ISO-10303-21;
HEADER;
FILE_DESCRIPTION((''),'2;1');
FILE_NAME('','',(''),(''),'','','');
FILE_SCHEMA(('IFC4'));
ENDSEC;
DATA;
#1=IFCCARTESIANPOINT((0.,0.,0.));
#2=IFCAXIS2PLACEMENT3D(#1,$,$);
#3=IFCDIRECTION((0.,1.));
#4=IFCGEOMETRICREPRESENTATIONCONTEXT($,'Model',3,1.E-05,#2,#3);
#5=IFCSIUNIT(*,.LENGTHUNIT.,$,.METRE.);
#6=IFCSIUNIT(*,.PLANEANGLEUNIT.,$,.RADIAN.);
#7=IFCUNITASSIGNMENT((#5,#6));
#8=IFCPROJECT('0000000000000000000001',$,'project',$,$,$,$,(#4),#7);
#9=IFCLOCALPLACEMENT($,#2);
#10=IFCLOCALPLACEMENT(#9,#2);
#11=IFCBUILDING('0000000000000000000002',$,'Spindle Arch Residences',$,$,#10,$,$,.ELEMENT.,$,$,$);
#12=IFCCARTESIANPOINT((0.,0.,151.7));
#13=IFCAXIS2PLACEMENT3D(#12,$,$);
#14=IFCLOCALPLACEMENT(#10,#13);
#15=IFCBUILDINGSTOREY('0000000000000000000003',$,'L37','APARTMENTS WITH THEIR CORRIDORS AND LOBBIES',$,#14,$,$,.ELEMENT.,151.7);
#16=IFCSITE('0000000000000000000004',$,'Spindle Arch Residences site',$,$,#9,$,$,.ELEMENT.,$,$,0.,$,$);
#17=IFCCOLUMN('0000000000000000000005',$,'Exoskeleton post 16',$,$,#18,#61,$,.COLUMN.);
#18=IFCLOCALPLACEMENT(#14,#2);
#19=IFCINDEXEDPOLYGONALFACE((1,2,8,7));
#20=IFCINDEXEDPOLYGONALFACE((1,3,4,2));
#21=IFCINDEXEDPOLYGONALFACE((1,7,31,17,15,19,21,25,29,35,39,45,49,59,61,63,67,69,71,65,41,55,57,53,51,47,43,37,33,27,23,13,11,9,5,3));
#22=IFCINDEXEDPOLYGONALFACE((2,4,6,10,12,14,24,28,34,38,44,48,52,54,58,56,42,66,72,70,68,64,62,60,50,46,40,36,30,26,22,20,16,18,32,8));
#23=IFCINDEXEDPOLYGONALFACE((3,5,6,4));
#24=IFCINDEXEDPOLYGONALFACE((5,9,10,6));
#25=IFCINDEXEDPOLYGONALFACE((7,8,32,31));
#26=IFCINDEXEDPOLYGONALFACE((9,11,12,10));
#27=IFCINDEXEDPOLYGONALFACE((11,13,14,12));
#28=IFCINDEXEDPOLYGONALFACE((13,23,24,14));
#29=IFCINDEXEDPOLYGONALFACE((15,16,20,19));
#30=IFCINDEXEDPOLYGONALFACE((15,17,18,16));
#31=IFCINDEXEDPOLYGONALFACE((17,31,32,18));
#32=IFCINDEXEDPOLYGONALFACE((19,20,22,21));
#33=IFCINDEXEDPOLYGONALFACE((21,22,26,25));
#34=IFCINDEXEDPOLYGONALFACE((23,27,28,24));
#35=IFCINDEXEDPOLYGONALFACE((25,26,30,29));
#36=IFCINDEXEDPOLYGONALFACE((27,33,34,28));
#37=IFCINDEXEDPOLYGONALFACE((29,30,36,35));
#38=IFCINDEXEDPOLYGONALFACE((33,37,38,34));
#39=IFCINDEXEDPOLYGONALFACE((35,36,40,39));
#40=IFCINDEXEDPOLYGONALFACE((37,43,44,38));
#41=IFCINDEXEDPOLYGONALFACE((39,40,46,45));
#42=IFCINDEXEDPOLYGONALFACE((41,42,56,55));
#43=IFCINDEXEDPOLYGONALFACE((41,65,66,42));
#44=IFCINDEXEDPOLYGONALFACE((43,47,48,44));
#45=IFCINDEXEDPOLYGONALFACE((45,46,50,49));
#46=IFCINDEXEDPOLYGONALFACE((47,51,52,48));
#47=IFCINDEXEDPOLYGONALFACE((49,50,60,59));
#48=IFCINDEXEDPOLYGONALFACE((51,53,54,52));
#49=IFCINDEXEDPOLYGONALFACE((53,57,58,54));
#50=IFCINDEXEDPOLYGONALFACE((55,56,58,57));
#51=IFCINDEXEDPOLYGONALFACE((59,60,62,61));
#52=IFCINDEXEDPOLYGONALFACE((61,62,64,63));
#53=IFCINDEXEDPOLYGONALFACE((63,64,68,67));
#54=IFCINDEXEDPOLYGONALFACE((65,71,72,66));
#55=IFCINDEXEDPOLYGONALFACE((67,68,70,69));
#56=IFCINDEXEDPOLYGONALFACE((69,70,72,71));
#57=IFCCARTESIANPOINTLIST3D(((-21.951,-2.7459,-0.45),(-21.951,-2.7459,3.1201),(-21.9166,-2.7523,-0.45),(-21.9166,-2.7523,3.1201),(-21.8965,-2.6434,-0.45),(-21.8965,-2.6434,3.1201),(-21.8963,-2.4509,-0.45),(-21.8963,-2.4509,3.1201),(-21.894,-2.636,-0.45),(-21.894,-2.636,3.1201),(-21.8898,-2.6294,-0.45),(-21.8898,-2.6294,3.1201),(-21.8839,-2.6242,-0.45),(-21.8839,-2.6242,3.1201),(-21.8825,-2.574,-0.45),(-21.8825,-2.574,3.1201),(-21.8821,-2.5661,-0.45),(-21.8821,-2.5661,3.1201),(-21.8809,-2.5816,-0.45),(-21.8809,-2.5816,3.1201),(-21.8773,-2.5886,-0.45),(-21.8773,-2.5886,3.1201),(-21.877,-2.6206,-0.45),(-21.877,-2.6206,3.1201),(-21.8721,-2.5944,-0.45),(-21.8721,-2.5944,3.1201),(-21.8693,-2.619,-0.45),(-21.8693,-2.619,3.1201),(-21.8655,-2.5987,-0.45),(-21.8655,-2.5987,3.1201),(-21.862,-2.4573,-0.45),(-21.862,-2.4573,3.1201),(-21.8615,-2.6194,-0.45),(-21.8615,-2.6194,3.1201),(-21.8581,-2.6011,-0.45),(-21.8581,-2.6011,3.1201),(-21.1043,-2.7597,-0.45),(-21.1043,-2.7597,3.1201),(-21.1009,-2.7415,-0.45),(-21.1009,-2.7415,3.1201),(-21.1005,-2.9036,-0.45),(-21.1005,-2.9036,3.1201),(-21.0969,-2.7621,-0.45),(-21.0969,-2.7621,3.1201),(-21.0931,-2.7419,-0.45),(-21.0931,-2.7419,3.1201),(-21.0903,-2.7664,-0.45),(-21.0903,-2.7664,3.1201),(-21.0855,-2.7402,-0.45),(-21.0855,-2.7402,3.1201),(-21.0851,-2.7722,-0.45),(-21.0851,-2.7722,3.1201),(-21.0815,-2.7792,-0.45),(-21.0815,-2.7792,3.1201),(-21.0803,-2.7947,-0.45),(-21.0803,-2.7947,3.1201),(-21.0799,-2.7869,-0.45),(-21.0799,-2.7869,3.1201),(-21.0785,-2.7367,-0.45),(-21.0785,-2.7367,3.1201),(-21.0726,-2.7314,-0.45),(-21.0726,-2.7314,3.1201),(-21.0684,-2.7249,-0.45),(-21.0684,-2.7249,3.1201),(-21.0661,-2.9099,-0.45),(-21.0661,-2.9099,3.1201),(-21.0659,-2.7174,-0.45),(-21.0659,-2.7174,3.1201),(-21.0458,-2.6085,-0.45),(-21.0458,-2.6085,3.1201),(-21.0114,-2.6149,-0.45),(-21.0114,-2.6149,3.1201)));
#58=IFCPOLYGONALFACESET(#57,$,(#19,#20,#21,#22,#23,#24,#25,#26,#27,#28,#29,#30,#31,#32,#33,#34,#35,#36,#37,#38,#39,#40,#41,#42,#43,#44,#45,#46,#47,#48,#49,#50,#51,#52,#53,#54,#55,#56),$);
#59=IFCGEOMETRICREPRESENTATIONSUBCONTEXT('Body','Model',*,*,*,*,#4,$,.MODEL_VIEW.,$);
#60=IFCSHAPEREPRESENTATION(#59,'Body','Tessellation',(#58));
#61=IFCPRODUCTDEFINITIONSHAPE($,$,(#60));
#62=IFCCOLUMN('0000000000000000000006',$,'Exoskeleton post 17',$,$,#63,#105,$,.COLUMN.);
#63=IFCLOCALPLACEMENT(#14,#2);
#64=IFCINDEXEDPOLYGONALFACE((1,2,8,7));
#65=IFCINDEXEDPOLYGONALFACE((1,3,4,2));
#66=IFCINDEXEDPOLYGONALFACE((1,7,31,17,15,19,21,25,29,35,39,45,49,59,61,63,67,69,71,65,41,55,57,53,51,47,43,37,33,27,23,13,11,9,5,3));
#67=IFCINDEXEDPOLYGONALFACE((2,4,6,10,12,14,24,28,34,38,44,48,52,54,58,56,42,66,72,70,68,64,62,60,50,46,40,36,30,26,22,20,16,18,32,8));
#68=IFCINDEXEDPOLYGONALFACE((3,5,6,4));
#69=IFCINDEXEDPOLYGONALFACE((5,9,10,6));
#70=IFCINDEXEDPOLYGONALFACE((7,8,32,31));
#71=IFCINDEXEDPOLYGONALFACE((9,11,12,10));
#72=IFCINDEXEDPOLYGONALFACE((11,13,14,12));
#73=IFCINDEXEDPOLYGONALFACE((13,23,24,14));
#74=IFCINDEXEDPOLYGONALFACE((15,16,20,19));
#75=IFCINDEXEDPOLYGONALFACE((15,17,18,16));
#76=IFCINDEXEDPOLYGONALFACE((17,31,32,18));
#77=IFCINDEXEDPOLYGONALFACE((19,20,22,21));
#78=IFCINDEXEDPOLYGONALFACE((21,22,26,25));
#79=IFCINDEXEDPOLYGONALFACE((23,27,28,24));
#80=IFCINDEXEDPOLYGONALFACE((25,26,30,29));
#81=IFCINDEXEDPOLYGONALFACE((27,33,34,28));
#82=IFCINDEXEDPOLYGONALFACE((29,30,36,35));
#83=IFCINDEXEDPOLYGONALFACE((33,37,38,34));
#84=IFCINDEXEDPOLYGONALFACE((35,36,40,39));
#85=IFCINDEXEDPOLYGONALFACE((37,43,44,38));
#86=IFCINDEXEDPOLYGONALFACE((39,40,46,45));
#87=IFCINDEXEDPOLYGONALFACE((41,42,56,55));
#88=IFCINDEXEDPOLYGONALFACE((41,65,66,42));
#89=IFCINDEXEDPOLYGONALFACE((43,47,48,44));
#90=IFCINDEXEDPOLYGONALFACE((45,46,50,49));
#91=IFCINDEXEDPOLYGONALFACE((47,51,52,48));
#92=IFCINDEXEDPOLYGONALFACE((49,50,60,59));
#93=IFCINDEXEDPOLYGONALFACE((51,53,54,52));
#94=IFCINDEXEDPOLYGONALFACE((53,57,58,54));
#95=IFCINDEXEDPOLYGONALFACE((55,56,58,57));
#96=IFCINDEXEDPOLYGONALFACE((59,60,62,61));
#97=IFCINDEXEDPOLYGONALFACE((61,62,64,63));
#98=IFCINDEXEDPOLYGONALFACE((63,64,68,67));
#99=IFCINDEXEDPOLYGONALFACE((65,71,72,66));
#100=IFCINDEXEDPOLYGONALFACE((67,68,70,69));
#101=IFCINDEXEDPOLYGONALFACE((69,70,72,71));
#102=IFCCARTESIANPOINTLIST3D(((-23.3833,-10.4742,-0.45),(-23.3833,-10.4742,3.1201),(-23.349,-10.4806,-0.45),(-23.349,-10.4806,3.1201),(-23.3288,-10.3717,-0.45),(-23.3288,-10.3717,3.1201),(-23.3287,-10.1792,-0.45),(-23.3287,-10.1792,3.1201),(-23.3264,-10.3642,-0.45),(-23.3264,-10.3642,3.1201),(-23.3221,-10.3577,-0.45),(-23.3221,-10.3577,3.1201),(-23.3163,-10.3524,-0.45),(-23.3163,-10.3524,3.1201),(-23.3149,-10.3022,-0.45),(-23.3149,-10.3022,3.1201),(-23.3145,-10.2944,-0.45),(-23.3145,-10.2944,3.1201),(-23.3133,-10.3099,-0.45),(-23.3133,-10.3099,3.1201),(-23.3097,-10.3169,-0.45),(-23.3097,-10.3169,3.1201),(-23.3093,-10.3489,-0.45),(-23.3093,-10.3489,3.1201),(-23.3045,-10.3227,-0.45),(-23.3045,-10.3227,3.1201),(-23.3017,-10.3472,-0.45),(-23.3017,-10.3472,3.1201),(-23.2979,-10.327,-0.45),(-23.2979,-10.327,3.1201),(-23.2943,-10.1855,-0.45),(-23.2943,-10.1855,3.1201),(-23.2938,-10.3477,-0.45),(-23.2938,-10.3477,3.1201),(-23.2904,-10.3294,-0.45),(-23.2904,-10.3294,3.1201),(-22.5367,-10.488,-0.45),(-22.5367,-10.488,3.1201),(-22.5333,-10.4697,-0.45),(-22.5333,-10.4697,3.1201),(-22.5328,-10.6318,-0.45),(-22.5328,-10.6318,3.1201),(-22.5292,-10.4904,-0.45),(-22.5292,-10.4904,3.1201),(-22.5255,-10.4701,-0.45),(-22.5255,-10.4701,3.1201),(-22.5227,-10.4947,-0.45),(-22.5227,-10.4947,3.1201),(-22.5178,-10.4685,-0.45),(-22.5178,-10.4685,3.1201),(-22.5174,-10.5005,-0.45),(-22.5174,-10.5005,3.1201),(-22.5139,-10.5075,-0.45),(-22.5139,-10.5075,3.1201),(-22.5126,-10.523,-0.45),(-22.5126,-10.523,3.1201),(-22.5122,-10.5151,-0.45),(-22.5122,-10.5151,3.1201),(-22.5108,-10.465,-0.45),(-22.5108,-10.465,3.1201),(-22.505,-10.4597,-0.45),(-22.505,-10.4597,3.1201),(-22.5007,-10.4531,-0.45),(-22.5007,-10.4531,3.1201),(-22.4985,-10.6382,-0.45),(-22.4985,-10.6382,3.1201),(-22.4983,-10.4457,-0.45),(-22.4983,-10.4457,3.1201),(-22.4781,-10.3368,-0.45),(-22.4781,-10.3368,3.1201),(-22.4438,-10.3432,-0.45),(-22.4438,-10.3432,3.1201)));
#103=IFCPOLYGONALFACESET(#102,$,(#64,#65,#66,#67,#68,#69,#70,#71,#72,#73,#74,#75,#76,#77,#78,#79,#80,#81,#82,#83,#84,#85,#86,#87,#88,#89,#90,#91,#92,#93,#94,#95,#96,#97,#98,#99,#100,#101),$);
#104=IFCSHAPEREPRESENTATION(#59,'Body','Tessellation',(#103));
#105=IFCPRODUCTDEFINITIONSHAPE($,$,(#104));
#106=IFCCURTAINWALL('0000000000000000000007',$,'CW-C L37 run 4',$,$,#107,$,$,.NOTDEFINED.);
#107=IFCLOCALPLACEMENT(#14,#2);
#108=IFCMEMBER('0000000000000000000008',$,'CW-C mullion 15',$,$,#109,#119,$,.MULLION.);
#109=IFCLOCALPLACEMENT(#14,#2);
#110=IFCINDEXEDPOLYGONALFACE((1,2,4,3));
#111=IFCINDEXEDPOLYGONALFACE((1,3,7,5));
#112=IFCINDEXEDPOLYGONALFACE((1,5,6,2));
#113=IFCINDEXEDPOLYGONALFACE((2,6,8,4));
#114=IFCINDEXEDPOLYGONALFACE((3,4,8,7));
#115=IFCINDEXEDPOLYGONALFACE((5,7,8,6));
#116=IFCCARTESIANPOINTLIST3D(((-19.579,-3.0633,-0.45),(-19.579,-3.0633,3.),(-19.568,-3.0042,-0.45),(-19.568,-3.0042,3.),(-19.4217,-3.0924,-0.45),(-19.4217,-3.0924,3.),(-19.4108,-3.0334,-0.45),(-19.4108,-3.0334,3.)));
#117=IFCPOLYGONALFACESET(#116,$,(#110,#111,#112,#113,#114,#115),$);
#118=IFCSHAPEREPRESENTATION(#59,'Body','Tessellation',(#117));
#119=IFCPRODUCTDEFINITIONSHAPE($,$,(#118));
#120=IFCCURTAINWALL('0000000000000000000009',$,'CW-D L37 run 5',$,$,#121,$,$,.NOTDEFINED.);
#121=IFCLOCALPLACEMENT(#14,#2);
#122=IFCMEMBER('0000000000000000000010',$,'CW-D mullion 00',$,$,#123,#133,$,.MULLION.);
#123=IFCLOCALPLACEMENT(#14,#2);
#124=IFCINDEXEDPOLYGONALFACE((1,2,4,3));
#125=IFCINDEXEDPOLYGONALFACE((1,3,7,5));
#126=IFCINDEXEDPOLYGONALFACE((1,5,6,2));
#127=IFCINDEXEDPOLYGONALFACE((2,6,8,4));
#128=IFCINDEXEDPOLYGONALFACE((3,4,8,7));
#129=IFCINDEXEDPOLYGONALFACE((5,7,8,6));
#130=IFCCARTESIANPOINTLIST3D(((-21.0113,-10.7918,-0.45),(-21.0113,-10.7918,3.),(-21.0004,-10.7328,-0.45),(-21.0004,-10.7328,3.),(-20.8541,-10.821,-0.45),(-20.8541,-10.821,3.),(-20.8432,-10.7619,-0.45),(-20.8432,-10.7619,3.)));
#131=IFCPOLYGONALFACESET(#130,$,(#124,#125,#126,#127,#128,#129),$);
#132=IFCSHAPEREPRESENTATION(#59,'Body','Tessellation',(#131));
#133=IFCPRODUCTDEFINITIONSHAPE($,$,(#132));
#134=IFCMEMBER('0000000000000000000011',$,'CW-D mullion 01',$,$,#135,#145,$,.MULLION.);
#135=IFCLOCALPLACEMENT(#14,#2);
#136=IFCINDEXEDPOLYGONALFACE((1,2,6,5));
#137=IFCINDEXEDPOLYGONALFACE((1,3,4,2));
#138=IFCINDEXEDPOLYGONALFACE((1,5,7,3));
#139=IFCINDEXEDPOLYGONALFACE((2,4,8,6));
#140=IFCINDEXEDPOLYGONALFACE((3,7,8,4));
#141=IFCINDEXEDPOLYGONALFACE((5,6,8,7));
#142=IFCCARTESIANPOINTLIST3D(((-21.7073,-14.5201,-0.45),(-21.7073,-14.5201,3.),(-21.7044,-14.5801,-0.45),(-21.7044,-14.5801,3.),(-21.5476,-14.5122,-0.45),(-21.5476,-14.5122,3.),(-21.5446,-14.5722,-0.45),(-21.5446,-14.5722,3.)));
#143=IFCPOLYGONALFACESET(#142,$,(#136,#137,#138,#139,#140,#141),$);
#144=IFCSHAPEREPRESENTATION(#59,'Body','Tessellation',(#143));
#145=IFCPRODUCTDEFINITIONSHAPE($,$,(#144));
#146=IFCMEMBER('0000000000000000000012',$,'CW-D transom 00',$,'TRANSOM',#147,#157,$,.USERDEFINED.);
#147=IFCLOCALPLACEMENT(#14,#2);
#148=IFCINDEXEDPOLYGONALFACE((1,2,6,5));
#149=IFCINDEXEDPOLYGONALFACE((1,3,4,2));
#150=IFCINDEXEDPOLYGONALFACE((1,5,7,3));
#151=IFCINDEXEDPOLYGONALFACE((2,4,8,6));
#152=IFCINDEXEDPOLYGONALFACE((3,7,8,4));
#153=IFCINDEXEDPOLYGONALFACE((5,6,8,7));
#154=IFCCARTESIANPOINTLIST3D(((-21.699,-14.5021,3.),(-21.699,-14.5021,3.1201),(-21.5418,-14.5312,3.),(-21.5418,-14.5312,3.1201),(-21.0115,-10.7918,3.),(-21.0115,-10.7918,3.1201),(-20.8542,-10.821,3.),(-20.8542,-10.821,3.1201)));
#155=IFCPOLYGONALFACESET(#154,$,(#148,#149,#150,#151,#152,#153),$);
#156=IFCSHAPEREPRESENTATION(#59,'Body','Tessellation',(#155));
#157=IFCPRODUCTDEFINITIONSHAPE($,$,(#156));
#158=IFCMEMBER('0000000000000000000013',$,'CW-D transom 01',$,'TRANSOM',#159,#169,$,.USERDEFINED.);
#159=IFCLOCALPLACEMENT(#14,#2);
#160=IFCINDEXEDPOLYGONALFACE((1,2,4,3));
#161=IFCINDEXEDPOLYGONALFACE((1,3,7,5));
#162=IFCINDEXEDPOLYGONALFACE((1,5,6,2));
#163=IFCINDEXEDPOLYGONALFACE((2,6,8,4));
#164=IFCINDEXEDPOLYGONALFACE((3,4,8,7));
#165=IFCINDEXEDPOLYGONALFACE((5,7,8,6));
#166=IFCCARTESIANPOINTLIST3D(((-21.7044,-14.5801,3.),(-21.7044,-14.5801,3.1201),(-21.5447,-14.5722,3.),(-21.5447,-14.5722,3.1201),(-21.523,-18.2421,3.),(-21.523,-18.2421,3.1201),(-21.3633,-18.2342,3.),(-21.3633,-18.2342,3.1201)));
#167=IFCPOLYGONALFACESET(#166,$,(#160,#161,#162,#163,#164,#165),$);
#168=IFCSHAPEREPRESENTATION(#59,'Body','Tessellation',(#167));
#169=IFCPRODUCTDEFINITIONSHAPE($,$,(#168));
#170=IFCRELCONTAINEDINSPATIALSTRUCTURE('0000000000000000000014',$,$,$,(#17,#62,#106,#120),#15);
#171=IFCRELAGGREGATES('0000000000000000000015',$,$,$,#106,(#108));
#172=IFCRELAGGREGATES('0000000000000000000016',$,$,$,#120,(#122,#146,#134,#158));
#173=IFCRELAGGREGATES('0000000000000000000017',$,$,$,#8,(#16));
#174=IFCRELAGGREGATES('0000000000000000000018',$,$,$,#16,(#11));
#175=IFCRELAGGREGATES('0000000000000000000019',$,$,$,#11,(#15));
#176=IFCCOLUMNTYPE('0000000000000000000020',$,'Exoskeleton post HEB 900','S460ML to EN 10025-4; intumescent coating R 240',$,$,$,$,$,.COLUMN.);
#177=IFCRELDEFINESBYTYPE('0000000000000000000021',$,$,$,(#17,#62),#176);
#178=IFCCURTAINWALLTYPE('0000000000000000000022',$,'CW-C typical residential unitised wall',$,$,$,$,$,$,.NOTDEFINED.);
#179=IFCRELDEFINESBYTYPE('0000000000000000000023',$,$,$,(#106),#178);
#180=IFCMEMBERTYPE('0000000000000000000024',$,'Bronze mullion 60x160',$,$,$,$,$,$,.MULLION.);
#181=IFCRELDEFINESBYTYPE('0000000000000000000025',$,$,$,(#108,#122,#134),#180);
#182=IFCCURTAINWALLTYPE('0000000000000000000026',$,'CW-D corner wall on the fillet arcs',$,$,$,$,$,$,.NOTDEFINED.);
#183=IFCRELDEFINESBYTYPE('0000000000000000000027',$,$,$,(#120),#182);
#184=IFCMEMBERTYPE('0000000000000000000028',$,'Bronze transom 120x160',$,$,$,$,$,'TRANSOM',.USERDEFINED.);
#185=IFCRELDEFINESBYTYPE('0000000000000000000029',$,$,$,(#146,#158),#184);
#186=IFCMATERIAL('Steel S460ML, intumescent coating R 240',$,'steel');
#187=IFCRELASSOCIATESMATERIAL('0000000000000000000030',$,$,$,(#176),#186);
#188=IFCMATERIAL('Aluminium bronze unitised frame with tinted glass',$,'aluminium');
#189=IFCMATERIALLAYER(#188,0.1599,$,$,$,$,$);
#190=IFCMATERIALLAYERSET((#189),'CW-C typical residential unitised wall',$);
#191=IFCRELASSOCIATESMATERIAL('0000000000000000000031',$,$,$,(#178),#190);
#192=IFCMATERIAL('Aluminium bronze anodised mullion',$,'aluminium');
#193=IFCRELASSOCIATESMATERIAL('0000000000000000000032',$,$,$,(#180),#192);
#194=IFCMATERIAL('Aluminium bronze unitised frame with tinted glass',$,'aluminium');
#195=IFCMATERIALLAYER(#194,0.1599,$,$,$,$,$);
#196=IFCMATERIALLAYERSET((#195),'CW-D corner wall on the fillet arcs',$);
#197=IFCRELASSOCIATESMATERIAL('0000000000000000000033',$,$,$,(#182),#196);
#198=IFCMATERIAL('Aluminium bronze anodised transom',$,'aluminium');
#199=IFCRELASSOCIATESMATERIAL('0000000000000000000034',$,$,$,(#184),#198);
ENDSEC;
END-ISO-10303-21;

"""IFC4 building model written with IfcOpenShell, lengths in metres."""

from ifc_helpers import new_model, si_unit, direction, frame, origin, origin_2d, place, context, subcontext, project, spatial, rectangle, i_section, extrude, material, layer, layer_set, material_profile, profile_set, type_object, element, aggregate, save


model = new_model("IFC4")

# Units and contexts
model_context = context("Model", 3, precision=1e-05, world=origin(), true_north=direction((0.0, 1.0)))
body_context = subcontext(model_context, "Body", "Model", "MODEL_VIEW")
ifc_project = project(units=[si_unit("LENGTHUNIT", "METRE"), si_unit("PLANEANGLEUNIT", "RADIAN")], contexts=[model_context])

# Site, building, storey
site_placement = place(None, origin())
site = spatial("IfcSite", under=ifc_project, at=site_placement, Name="Spindle Arch Residences site", CompositionType="ELEMENT", RefElevation=0.0)
building_placement = place(site_placement, origin())
building = spatial("IfcBuilding", under=site, at=building_placement, Name="Spindle Arch Residences", CompositionType="ELEMENT")
storey_placement = place(building_placement, frame((0.0, 0.0, 151.7)))
storey = spatial("IfcBuildingStorey", under=building, at=storey_placement, Name="L37", Description="APARTMENTS WITH THEIR CORRIDORS AND LOBBIES", CompositionType="ELEMENT", Elevation=151.7)

# Columns
ifc_material_1 = material(Name="Steel S460ML, intumescent coating R 240", Category="steel")
ifc_material_profile_1 = material_profile(ifc_material_1, i_section(OverallWidth=0.3, OverallDepth=0.8999, WebThickness=0.0186, FlangeThickness=0.0349, FilletRadius=0.03, at=origin_2d()), Name="HEB 900")
ifc_profile_set_1 = profile_set([ifc_material_profile_1], Name="Steel S460ML, intumescent coating R 240")
column_type = type_object("IfcColumnType", Name="Exoskeleton post HEB 900", Description="S460ML to EN 10025-4; intumescent coating R 240", PredefinedType="COLUMN", material=ifc_profile_set_1)
for number, where, z_axis, x_axis, name in (
    (1, (-21.4812, -2.6804, -0.45), (0.0, 0.0, 1.0), (0.182236, 0.983255, 0.0), "Exoskeleton post 16"),
    (2, (-22.9136, -10.4087, -0.45), (0.0, 0.0, 1.0), (0.182236, 0.983255, 0.0), "Exoskeleton post 17"),
):
    element("IfcColumn", number, at=place(storey_placement, frame(where, z_axis=z_axis, x_axis=x_axis)), inside=storey, type_object=column_type, Name=name, PredefinedType="COLUMN", context=body_context, shape_type="SweptSolid", body=[
        extrude(i_section(OverallWidth=0.3, OverallDepth=0.8999, WebThickness=0.0186, FlangeThickness=0.0349, FilletRadius=0.03, at=origin_2d()), origin(), (0.0, 0.0, 1.0), 3.5701),
    ])

# Curtain wall, member
ifc_material_2 = material(Name="Aluminium bronze unitised frame with tinted glass", Category="aluminium")
ifc_layer_1 = layer(ifc_material_2, 0.1599)
ifc_layer_set_1 = layer_set([ifc_layer_1], Name="CW-C typical residential unitised wall")
curtain_wall_type_1 = type_object("IfcCurtainWallType", Name="CW-C typical residential unitised wall", PredefinedType="NOTDEFINED", material=ifc_layer_set_1)
curtain_wall_1_placement = place(storey_placement, origin())
curtain_wall_1 = element("IfcCurtainWall", 3, at=curtain_wall_1_placement, inside=storey, type_object=curtain_wall_type_1, Name="CW-C L37 run 4", PredefinedType="NOTDEFINED")
ifc_material_3 = material(Name="Aluminium bronze anodised mullion", Category="aluminium")
ifc_material_profile_2 = material_profile(ifc_material_3, rectangle(XDim=0.1599, YDim=0.0601, at=origin_2d()), Name="MU 60x160")
ifc_profile_set_2 = profile_set([ifc_material_profile_2], Name="Aluminium bronze anodised mullion")
member_type_1 = type_object("IfcMemberType", Name="Bronze mullion 60x160", PredefinedType="MULLION", material=ifc_profile_set_2)
member_1_placement = place(storey_placement, frame((-19.4949, -3.0483, -0.45), z_axis=(0.0, 0.0, 1.0), x_axis=(0.983255, -0.182236, 0.0)))
member_1 = element("IfcMember", 4, at=member_1_placement, type_object=member_type_1, Name="CW-C mullion 15", PredefinedType="MULLION", context=body_context, shape_type="SweptSolid", body=[
    extrude(rectangle(XDim=0.1599, YDim=0.0601, at=origin_2d()), origin(), (0.0, 0.0, 1.0), 3.45),
])

# Curtain wall, members
ifc_material_4 = material(Name="Aluminium bronze unitised frame with tinted glass", Category="aluminium")
ifc_layer_2 = layer(ifc_material_4, 0.1599)
ifc_layer_set_2 = layer_set([ifc_layer_2], Name="CW-D corner wall on the fillet arcs")
curtain_wall_type_2 = type_object("IfcCurtainWallType", Name="CW-D corner wall on the fillet arcs", PredefinedType="NOTDEFINED", material=ifc_layer_set_2)
curtain_wall_2_placement = place(storey_placement, origin())
curtain_wall_2 = element("IfcCurtainWall", 5, at=curtain_wall_2_placement, inside=storey, type_object=curtain_wall_type_2, Name="CW-D L37 run 5", PredefinedType="NOTDEFINED")
member_2_placement = place(storey_placement, frame((-20.9272, -10.7769, -0.45), z_axis=(0.0, 0.0, 1.0), x_axis=(0.983255, -0.182236, 0.0)))
member_2 = element("IfcMember", 6, at=member_2_placement, type_object=member_type_1, Name="CW-D mullion 00", PredefinedType="MULLION", context=body_context, shape_type="SweptSolid", body=[
    extrude(rectangle(XDim=0.1599, YDim=0.0601, at=origin_2d()), origin(), (0.0, 0.0, 1.0), 3.45),
])
member_3_placement = place(storey_placement, frame((-21.626, -14.5461, -0.45), z_axis=(0.0, 0.0, 1.0), x_axis=(0.998778, 0.049431, 0.0)))
member_3 = element("IfcMember", 7, at=member_3_placement, type_object=member_type_1, Name="CW-D mullion 01", PredefinedType="MULLION", context=body_context, shape_type="SweptSolid", body=[
    extrude(rectangle(XDim=0.1599, YDim=0.0601, at=origin_2d()), origin(), (0.0, 0.0, 1.0), 3.45),
])
ifc_material_5 = material(Name="Aluminium bronze anodised transom", Category="aluminium")
ifc_material_profile_3 = material_profile(ifc_material_5, rectangle(XDim=0.1599, YDim=0.1201, at=origin_2d()), Name="TR 120x160")
ifc_profile_set_3 = profile_set([ifc_material_profile_3], Name="Aluminium bronze anodised transom")
member_type_2 = type_object("IfcMemberType", Name="Bronze transom 120x160", ElementType="TRANSOM", PredefinedType="USERDEFINED", material=ifc_profile_set_3)
member_4_placement = place(storey_placement, frame((-20.9329, -10.8064, 3.0601), z_axis=(-0.182198, -0.983262, 0.0), x_axis=(0.983262, -0.182198, 0.0)))
member_4 = element("IfcMember", 8, at=member_4_placement, type_object=member_type_2, Name="CW-D transom 00", ObjectType="TRANSOM", PredefinedType="USERDEFINED", context=body_context, shape_type="SweptSolid", body=[
    extrude(rectangle(XDim=0.1599, YDim=0.1201, at=origin_2d()), origin(), (0.0, 0.0, 1.0), 3.7734),
])
member_5_placement = place(storey_placement, frame((-21.6245, -14.5762, 3.0601), z_axis=(0.049473, -0.998775, 0.0), x_axis=(0.998775, 0.049473, 0.0)))
member_5 = element("IfcMember", 9, at=member_5_placement, type_object=member_type_2, Name="CW-D transom 01", ObjectType="TRANSOM", PredefinedType="USERDEFINED", context=body_context, shape_type="SweptSolid", body=[
    extrude(rectangle(XDim=0.1599, YDim=0.1201, at=origin_2d()), origin(), (0.0, 0.0, 1.0), 3.6665),
])

aggregate(curtain_wall_1, [member_1])
aggregate(curtain_wall_2, [member_2, member_4, member_3, member_5])

save(model, "model.ifc")
